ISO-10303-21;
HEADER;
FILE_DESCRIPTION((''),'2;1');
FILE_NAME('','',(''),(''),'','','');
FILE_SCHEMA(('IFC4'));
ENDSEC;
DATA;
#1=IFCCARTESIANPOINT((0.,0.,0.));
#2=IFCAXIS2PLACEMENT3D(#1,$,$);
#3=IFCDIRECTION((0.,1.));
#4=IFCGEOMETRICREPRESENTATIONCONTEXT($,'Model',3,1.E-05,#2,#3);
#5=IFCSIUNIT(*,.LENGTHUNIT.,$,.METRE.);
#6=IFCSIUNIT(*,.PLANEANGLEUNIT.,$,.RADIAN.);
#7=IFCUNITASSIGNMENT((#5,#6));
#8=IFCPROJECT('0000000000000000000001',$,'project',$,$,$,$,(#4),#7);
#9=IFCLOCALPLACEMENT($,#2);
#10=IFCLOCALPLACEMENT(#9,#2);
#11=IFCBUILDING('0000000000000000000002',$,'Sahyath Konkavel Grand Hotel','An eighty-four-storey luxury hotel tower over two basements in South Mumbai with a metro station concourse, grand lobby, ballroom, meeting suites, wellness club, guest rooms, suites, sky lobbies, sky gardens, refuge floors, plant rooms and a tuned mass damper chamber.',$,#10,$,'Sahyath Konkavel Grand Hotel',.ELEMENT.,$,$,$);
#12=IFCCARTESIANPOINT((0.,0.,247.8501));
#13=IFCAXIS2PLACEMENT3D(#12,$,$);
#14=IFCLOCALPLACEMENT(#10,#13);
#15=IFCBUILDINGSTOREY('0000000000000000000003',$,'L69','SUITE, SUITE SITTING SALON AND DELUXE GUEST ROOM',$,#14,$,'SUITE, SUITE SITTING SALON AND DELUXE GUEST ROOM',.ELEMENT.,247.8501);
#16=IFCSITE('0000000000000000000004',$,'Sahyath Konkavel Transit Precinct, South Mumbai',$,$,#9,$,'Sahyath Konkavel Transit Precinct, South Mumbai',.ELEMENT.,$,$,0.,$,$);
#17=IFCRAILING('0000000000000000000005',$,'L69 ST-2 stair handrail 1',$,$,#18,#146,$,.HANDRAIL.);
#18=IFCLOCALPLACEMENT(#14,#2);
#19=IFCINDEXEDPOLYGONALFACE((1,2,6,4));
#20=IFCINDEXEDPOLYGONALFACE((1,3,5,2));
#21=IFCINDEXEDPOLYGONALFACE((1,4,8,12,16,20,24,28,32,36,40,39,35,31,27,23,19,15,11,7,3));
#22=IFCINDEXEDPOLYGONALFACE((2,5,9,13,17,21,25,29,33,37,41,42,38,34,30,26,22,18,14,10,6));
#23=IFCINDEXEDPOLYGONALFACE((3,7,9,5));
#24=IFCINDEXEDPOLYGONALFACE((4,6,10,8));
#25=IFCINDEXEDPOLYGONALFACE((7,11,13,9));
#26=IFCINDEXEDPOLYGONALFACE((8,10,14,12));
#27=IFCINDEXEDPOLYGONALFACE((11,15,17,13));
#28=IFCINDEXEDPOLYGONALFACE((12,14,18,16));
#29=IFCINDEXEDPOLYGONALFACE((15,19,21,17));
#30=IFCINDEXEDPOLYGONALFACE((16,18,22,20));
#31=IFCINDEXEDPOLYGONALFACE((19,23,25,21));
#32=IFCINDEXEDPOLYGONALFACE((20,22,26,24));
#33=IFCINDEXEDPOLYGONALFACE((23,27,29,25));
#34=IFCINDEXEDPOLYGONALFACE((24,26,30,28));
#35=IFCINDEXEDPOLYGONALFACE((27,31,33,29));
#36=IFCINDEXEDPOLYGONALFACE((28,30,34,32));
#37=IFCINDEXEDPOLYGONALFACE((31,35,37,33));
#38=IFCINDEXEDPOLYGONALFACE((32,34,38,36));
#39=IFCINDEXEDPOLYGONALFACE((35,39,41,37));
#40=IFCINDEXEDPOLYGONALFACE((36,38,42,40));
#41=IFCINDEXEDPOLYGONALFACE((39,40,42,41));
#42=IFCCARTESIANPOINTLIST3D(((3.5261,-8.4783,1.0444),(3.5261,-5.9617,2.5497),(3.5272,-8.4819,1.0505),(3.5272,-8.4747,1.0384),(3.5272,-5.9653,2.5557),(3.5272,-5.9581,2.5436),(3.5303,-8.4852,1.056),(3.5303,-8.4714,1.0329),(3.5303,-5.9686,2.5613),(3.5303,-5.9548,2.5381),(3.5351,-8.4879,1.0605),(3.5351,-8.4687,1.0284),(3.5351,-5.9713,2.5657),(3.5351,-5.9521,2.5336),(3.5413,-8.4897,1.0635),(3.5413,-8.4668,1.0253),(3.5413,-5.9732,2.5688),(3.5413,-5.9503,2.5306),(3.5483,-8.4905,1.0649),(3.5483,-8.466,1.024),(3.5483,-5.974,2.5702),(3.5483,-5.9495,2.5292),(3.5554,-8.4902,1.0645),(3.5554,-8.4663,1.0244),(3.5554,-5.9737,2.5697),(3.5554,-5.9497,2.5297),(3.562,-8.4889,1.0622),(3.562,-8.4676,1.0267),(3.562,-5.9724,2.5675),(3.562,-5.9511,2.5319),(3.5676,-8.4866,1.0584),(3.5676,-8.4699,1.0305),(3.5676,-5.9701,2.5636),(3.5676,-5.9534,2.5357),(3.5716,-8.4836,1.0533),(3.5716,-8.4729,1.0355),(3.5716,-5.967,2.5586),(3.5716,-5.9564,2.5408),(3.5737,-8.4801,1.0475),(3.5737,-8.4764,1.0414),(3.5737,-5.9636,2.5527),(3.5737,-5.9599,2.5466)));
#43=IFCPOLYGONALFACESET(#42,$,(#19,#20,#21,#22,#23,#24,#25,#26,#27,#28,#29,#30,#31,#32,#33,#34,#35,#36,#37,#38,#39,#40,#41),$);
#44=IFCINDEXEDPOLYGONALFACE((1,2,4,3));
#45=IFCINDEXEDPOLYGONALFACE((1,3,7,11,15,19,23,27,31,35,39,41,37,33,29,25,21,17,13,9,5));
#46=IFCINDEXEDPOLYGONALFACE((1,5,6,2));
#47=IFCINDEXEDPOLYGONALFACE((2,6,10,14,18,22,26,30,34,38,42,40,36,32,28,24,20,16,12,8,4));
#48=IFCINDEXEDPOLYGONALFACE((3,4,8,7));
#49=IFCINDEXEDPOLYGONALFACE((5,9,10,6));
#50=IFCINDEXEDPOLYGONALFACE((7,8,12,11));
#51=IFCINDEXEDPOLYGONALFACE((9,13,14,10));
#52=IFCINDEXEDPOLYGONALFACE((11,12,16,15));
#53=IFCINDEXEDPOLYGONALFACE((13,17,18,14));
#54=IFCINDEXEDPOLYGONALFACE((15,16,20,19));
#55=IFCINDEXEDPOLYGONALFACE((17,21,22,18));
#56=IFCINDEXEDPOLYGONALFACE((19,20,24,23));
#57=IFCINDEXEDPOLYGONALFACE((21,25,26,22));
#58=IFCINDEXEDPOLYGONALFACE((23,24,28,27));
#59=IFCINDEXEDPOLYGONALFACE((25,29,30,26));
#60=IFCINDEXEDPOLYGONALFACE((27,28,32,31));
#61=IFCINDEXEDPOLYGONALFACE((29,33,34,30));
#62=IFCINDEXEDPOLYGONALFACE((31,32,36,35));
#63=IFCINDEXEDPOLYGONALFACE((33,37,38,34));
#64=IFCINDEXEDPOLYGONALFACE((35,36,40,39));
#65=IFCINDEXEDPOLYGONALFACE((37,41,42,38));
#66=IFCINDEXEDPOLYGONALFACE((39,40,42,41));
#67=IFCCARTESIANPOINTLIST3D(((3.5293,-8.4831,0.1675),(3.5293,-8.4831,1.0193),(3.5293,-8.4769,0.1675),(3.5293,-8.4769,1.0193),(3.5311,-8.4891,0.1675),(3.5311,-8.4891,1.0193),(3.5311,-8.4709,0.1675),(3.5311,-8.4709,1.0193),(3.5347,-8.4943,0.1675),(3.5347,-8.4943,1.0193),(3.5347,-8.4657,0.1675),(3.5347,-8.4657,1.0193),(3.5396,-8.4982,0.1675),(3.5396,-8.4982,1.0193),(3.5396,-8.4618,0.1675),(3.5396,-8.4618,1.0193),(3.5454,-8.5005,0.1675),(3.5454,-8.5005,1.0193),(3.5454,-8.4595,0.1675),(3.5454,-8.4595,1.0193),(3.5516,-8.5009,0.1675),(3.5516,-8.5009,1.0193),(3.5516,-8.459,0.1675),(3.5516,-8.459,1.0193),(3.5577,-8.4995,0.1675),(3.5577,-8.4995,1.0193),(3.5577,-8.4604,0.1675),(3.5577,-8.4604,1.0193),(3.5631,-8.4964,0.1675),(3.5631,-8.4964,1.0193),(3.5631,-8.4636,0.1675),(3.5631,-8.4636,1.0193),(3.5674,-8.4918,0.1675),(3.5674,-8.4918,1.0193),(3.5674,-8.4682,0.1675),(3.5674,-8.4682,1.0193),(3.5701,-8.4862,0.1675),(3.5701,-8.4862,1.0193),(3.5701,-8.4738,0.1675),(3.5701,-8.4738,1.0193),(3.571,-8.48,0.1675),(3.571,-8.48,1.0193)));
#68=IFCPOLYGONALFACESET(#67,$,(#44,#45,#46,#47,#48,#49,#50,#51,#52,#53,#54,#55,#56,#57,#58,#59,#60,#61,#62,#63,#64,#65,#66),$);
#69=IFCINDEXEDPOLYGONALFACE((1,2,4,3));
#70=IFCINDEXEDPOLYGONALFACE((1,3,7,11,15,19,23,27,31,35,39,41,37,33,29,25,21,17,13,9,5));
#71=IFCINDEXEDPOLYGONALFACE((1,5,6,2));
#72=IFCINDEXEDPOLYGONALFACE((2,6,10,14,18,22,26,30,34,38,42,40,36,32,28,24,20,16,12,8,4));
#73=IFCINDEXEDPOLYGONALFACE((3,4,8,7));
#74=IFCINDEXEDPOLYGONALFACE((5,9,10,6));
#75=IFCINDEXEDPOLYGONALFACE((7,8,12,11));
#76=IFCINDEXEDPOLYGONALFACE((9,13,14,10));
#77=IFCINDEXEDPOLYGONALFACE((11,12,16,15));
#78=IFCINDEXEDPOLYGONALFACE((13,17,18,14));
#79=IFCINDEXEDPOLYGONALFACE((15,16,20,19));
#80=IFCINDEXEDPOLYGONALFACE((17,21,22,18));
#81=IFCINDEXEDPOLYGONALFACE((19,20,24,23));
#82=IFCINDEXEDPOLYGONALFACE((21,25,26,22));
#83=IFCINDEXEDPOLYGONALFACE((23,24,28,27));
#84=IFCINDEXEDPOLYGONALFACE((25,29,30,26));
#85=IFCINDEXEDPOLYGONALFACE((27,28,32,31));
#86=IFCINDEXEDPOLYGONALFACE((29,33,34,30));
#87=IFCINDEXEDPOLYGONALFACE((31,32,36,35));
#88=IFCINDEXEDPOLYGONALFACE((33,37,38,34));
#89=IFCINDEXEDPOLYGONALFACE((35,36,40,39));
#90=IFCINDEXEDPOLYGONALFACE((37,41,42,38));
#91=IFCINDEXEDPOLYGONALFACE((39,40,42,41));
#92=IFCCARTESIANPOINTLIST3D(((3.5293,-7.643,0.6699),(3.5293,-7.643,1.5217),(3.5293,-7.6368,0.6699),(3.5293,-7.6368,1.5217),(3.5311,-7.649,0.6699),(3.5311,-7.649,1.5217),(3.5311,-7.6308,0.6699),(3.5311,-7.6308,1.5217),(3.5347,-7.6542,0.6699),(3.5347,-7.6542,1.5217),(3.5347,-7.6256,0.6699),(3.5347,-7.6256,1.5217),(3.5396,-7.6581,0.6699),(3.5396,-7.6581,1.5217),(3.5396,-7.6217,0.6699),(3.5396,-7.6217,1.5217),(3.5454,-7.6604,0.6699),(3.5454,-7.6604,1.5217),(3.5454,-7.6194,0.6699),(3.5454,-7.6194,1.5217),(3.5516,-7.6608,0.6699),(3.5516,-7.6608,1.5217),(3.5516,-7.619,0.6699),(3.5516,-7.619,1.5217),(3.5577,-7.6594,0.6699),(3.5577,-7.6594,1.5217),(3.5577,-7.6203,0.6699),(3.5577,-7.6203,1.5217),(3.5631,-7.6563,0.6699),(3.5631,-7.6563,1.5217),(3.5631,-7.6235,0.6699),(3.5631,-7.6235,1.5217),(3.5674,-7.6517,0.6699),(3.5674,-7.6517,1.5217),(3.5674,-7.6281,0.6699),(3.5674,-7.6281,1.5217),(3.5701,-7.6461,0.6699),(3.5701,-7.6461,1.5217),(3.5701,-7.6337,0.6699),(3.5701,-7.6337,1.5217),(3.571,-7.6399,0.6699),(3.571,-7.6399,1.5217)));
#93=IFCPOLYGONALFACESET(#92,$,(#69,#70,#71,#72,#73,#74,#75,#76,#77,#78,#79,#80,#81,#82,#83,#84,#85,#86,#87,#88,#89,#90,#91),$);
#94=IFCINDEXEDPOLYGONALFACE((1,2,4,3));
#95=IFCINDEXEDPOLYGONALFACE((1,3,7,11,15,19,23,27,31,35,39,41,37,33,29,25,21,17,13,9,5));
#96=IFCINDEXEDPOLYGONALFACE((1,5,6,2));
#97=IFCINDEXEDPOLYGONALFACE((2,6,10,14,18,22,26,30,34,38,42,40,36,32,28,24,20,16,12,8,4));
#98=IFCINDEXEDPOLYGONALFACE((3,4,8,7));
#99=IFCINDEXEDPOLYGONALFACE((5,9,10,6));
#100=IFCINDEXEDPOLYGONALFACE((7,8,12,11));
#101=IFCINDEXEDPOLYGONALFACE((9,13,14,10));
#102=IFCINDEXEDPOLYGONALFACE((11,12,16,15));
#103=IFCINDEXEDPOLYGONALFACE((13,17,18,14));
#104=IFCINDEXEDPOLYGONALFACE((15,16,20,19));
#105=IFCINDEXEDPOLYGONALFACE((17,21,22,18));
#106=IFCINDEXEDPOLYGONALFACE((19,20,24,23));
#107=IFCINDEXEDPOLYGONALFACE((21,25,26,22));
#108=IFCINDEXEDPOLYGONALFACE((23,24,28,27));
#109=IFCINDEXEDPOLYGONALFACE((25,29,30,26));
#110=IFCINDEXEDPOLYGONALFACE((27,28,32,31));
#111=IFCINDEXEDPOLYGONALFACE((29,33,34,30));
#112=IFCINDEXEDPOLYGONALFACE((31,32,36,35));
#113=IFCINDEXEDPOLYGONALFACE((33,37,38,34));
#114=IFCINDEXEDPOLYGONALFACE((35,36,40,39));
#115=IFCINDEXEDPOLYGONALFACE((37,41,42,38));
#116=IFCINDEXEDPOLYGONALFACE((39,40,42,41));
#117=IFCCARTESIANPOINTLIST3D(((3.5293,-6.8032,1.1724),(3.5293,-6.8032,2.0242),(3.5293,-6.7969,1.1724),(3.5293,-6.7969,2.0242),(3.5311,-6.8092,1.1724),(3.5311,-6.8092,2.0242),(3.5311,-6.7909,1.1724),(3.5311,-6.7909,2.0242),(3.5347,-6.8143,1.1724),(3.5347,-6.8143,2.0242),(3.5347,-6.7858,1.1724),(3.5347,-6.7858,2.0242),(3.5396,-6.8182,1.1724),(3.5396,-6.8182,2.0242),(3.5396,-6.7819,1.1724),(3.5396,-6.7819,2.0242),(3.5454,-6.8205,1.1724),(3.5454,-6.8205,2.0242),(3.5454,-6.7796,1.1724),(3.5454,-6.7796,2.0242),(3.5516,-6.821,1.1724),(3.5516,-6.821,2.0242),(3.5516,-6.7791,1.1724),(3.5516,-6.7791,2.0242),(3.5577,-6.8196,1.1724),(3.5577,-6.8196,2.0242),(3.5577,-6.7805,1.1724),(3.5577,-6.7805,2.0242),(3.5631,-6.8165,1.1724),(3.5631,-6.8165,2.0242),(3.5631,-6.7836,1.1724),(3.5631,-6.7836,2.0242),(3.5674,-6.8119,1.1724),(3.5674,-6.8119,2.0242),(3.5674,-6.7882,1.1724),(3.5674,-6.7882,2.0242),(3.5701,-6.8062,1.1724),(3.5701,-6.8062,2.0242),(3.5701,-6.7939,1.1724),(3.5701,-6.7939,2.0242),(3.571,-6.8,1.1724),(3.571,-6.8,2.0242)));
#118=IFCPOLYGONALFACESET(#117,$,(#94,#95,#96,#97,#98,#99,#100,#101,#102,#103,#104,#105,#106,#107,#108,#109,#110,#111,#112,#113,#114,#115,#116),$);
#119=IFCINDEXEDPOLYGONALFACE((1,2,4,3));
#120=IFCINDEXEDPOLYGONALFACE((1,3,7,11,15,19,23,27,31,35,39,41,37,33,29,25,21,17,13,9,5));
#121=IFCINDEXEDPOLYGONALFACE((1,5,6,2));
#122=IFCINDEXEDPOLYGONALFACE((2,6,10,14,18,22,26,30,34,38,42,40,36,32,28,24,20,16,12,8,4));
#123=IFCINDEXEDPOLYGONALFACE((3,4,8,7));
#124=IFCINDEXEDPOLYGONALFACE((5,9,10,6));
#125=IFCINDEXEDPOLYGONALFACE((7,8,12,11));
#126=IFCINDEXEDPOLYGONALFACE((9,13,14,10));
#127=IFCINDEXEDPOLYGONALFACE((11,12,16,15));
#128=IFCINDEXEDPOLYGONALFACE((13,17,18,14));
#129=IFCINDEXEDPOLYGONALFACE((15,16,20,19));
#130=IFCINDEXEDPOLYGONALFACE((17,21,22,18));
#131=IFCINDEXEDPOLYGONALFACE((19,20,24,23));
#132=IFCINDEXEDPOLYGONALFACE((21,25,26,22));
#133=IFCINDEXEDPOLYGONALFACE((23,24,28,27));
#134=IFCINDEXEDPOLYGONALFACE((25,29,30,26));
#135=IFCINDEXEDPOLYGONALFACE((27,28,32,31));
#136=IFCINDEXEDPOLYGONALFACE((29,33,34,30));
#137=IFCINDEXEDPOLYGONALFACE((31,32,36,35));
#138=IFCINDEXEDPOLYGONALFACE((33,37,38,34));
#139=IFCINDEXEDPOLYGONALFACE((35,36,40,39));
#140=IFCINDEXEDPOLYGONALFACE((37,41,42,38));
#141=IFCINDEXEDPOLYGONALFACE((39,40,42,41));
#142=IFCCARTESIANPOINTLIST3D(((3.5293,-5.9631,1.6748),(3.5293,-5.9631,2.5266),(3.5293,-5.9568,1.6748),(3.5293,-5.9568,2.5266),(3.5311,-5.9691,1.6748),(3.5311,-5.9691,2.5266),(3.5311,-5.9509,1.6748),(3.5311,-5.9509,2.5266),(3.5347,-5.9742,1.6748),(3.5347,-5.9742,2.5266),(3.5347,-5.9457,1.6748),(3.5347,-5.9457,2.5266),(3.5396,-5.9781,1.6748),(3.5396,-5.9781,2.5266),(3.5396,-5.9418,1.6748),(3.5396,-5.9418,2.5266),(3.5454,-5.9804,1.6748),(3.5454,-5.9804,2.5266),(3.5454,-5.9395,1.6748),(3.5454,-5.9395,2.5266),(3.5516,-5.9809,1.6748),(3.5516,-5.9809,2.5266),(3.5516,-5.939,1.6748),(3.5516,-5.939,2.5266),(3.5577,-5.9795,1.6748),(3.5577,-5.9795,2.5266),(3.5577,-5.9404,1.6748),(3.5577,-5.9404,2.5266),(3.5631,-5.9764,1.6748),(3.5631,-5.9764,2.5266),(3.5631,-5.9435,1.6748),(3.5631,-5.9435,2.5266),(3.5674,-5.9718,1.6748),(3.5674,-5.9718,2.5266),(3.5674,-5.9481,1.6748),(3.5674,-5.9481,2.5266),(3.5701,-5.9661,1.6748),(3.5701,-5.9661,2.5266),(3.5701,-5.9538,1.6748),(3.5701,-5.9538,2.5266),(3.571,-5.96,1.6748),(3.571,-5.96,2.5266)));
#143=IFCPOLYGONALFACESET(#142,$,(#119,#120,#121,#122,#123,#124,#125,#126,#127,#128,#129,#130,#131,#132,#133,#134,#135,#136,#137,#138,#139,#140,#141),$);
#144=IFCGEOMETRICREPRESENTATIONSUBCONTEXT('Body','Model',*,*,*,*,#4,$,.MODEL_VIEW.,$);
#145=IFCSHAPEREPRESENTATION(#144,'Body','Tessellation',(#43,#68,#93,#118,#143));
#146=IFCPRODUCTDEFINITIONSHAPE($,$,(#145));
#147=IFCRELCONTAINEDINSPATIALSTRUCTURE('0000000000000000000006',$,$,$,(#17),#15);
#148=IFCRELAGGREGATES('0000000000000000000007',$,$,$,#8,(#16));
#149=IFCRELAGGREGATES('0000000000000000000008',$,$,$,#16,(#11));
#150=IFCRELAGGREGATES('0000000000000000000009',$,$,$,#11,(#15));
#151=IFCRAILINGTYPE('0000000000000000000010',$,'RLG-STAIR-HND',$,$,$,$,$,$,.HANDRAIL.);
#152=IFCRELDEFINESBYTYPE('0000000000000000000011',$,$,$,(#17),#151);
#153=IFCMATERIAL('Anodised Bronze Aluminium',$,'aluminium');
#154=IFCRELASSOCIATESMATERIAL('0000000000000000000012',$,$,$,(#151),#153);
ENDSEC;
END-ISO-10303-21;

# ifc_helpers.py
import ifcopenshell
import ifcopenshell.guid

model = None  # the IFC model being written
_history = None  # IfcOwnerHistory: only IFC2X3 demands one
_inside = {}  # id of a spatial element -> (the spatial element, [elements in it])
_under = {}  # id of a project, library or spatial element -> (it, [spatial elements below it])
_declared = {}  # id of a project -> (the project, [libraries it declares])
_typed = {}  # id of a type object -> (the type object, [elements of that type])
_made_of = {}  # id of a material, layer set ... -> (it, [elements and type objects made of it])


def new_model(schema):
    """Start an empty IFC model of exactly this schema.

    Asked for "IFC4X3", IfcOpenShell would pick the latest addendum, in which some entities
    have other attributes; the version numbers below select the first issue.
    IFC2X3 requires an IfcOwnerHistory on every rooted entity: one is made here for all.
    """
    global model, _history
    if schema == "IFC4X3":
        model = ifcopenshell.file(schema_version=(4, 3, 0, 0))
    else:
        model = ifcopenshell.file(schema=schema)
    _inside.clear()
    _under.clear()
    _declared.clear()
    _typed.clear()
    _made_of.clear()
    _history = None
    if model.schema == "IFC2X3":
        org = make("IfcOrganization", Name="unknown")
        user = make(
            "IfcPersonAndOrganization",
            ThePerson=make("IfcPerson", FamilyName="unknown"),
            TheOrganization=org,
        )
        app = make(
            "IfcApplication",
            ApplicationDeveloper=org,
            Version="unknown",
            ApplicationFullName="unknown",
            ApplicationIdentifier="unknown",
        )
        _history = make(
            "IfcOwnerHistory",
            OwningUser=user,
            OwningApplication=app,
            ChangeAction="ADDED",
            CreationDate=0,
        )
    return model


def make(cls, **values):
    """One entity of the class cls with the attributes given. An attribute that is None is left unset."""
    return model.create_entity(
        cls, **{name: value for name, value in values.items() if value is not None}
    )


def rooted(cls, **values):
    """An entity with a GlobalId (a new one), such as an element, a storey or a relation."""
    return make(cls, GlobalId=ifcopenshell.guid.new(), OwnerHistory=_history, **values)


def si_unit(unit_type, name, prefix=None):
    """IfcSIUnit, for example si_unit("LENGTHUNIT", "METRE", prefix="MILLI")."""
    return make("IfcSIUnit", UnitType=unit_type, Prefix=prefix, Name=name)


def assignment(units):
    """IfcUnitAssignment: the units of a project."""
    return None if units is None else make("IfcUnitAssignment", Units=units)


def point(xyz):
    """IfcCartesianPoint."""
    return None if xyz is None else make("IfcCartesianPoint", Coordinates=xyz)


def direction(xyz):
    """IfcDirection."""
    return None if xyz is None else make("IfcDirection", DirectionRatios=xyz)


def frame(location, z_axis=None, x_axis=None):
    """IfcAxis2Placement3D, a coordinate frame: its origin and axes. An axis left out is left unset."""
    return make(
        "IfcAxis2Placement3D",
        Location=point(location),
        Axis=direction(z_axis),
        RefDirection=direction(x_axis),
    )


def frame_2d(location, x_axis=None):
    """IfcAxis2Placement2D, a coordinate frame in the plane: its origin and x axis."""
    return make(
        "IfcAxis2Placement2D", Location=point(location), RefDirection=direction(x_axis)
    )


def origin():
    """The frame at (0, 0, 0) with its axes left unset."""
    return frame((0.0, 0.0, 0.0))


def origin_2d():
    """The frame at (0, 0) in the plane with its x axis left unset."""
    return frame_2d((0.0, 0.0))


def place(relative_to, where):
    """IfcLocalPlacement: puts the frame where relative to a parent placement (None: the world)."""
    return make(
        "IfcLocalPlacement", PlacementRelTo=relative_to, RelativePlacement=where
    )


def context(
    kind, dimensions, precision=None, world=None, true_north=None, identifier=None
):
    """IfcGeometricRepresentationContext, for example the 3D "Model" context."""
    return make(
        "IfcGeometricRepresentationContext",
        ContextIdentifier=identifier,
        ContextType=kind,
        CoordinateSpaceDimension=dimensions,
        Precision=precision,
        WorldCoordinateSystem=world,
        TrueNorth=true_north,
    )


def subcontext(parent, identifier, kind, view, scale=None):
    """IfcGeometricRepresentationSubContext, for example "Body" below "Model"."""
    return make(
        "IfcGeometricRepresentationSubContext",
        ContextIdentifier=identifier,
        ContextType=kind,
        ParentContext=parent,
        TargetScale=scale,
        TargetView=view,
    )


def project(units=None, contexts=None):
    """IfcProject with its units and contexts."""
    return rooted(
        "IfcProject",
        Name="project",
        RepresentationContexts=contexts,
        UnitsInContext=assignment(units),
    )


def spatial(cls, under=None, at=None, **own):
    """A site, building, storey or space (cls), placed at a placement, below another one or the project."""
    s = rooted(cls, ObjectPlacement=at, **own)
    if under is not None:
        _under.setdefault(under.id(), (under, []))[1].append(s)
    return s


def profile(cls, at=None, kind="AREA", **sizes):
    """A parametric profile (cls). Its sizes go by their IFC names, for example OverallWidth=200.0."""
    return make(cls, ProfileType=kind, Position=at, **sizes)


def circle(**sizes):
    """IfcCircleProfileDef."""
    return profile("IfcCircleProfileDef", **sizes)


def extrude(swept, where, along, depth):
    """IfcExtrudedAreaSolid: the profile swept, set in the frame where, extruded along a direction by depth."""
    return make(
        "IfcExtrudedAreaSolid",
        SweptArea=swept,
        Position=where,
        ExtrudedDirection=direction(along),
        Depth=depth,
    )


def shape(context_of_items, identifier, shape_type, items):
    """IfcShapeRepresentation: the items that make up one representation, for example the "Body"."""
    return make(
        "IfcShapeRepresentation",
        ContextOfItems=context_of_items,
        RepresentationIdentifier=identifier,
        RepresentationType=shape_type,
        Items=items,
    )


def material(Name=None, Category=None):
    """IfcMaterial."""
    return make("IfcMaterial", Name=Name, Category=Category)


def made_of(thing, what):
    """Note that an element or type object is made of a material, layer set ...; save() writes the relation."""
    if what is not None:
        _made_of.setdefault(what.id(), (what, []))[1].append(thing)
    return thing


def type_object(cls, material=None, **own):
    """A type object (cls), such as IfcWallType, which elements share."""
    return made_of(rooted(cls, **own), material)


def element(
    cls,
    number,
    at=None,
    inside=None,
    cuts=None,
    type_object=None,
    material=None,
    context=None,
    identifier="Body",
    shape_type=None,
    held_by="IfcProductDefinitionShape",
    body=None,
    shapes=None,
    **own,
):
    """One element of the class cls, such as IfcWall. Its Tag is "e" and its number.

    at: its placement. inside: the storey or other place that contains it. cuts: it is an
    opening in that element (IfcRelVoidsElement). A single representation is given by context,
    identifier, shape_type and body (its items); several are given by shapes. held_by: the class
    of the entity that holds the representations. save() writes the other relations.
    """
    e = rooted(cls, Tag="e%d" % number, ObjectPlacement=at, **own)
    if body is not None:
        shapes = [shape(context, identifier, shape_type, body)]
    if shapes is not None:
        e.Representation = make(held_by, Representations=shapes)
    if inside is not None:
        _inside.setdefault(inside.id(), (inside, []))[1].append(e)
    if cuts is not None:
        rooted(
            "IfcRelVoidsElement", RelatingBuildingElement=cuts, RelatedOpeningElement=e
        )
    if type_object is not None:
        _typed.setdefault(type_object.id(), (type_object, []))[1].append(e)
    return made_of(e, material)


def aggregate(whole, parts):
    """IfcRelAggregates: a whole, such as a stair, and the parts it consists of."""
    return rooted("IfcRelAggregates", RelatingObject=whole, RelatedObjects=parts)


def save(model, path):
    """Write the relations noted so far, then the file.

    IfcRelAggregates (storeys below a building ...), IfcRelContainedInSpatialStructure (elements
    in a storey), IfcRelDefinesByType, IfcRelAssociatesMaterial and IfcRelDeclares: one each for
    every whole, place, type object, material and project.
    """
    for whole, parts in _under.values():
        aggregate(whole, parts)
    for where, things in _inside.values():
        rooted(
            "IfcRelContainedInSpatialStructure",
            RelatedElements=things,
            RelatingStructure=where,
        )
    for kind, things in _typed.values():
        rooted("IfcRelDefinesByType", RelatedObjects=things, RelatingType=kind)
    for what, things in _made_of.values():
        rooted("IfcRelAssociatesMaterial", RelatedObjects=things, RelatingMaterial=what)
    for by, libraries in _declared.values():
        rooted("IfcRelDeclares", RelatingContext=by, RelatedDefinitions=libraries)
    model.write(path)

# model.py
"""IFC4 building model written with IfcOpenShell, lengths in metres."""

from ifc_helpers import new_model, si_unit, direction, frame, origin, origin_2d, place, context, subcontext, project, spatial, circle, extrude, material, type_object, element, save


model = new_model("IFC4")

# Units and contexts
model_context = context("Model", 3, precision=1e-05, world=origin(), true_north=direction((0.0, 1.0)))
body_context = subcontext(model_context, "Body", "Model", "MODEL_VIEW")
ifc_project = project(units=[si_unit("LENGTHUNIT", "METRE"), si_unit("PLANEANGLEUNIT", "RADIAN")], contexts=[model_context])

# Site, building, storey
site_placement = place(None, origin())
site = spatial("IfcSite", under=ifc_project, at=site_placement, Name="Sahyath Konkavel Transit Precinct, South Mumbai", LongName="Sahyath Konkavel Transit Precinct, South Mumbai", CompositionType="ELEMENT", RefElevation=0.0)
building_placement = place(site_placement, origin())
building = spatial("IfcBuilding", under=site, at=building_placement, Name="Sahyath Konkavel Grand Hotel", Description="An eighty-four-storey luxury hotel tower over two basements in South Mumbai with a metro station concourse, grand lobby, ballroom, meeting suites, wellness club, guest rooms, suites, sky lobbies, sky gardens, refuge floors, plant rooms and a tuned mass damper chamber.", LongName="Sahyath Konkavel Grand Hotel", CompositionType="ELEMENT")
storey_placement = place(building_placement, frame((0.0, 0.0, 247.8501)))
storey = spatial("IfcBuildingStorey", under=building, at=storey_placement, Name="L69", Description="SUITE, SUITE SITTING SALON AND DELUXE GUEST ROOM", LongName="SUITE, SUITE SITTING SALON AND DELUXE GUEST ROOM", CompositionType="ELEMENT", Elevation=247.8501)

# Shared definitions
ifc_material_1 = material(Name="Anodised Bronze Aluminium", Category="aluminium")

# Railing
railing_type_1 = type_object("IfcRailingType", Name="RLG-STAIR-HND", PredefinedType="HANDRAIL", material=ifc_material_1)
railing_1_placement = place(storey_placement, frame((3.55, -8.48, 0.1675)))
element("IfcRailing", 1, at=railing_1_placement, inside=storey, type_object=railing_type_1, Name="L69 ST-2 stair handrail 1", PredefinedType="HANDRAIL", context=body_context, shape_type="SweptSolid", body=[
    extrude(circle(Radius=0.0239, at=origin_2d()), frame((0.0, 0.0017, 0.877), z_axis=(0.0, 0.858196, 0.513321), x_axis=(-1.0, 0.0, 0.0)), (0.0, 0.0, 1.0), 2.9324),
    extrude(circle(Radius=0.021, at=origin_2d()), origin(), (0.0, 0.0, 1.0), 0.8518),
    extrude(circle(Radius=0.021, at=origin_2d()), frame((0.0, 0.8401, 0.5024)), (0.0, 0.0, 1.0), 0.8518),
    extrude(circle(Radius=0.021, at=origin_2d()), frame((0.0, 1.6799, 1.0049)), (0.0, 0.0, 1.0), 0.8518),
    extrude(circle(Radius=0.021, at=origin_2d()), frame((0.0, 2.52, 1.5073)), (0.0, 0.0, 1.0), 0.8518),
])

save(model, "model.ifc")
